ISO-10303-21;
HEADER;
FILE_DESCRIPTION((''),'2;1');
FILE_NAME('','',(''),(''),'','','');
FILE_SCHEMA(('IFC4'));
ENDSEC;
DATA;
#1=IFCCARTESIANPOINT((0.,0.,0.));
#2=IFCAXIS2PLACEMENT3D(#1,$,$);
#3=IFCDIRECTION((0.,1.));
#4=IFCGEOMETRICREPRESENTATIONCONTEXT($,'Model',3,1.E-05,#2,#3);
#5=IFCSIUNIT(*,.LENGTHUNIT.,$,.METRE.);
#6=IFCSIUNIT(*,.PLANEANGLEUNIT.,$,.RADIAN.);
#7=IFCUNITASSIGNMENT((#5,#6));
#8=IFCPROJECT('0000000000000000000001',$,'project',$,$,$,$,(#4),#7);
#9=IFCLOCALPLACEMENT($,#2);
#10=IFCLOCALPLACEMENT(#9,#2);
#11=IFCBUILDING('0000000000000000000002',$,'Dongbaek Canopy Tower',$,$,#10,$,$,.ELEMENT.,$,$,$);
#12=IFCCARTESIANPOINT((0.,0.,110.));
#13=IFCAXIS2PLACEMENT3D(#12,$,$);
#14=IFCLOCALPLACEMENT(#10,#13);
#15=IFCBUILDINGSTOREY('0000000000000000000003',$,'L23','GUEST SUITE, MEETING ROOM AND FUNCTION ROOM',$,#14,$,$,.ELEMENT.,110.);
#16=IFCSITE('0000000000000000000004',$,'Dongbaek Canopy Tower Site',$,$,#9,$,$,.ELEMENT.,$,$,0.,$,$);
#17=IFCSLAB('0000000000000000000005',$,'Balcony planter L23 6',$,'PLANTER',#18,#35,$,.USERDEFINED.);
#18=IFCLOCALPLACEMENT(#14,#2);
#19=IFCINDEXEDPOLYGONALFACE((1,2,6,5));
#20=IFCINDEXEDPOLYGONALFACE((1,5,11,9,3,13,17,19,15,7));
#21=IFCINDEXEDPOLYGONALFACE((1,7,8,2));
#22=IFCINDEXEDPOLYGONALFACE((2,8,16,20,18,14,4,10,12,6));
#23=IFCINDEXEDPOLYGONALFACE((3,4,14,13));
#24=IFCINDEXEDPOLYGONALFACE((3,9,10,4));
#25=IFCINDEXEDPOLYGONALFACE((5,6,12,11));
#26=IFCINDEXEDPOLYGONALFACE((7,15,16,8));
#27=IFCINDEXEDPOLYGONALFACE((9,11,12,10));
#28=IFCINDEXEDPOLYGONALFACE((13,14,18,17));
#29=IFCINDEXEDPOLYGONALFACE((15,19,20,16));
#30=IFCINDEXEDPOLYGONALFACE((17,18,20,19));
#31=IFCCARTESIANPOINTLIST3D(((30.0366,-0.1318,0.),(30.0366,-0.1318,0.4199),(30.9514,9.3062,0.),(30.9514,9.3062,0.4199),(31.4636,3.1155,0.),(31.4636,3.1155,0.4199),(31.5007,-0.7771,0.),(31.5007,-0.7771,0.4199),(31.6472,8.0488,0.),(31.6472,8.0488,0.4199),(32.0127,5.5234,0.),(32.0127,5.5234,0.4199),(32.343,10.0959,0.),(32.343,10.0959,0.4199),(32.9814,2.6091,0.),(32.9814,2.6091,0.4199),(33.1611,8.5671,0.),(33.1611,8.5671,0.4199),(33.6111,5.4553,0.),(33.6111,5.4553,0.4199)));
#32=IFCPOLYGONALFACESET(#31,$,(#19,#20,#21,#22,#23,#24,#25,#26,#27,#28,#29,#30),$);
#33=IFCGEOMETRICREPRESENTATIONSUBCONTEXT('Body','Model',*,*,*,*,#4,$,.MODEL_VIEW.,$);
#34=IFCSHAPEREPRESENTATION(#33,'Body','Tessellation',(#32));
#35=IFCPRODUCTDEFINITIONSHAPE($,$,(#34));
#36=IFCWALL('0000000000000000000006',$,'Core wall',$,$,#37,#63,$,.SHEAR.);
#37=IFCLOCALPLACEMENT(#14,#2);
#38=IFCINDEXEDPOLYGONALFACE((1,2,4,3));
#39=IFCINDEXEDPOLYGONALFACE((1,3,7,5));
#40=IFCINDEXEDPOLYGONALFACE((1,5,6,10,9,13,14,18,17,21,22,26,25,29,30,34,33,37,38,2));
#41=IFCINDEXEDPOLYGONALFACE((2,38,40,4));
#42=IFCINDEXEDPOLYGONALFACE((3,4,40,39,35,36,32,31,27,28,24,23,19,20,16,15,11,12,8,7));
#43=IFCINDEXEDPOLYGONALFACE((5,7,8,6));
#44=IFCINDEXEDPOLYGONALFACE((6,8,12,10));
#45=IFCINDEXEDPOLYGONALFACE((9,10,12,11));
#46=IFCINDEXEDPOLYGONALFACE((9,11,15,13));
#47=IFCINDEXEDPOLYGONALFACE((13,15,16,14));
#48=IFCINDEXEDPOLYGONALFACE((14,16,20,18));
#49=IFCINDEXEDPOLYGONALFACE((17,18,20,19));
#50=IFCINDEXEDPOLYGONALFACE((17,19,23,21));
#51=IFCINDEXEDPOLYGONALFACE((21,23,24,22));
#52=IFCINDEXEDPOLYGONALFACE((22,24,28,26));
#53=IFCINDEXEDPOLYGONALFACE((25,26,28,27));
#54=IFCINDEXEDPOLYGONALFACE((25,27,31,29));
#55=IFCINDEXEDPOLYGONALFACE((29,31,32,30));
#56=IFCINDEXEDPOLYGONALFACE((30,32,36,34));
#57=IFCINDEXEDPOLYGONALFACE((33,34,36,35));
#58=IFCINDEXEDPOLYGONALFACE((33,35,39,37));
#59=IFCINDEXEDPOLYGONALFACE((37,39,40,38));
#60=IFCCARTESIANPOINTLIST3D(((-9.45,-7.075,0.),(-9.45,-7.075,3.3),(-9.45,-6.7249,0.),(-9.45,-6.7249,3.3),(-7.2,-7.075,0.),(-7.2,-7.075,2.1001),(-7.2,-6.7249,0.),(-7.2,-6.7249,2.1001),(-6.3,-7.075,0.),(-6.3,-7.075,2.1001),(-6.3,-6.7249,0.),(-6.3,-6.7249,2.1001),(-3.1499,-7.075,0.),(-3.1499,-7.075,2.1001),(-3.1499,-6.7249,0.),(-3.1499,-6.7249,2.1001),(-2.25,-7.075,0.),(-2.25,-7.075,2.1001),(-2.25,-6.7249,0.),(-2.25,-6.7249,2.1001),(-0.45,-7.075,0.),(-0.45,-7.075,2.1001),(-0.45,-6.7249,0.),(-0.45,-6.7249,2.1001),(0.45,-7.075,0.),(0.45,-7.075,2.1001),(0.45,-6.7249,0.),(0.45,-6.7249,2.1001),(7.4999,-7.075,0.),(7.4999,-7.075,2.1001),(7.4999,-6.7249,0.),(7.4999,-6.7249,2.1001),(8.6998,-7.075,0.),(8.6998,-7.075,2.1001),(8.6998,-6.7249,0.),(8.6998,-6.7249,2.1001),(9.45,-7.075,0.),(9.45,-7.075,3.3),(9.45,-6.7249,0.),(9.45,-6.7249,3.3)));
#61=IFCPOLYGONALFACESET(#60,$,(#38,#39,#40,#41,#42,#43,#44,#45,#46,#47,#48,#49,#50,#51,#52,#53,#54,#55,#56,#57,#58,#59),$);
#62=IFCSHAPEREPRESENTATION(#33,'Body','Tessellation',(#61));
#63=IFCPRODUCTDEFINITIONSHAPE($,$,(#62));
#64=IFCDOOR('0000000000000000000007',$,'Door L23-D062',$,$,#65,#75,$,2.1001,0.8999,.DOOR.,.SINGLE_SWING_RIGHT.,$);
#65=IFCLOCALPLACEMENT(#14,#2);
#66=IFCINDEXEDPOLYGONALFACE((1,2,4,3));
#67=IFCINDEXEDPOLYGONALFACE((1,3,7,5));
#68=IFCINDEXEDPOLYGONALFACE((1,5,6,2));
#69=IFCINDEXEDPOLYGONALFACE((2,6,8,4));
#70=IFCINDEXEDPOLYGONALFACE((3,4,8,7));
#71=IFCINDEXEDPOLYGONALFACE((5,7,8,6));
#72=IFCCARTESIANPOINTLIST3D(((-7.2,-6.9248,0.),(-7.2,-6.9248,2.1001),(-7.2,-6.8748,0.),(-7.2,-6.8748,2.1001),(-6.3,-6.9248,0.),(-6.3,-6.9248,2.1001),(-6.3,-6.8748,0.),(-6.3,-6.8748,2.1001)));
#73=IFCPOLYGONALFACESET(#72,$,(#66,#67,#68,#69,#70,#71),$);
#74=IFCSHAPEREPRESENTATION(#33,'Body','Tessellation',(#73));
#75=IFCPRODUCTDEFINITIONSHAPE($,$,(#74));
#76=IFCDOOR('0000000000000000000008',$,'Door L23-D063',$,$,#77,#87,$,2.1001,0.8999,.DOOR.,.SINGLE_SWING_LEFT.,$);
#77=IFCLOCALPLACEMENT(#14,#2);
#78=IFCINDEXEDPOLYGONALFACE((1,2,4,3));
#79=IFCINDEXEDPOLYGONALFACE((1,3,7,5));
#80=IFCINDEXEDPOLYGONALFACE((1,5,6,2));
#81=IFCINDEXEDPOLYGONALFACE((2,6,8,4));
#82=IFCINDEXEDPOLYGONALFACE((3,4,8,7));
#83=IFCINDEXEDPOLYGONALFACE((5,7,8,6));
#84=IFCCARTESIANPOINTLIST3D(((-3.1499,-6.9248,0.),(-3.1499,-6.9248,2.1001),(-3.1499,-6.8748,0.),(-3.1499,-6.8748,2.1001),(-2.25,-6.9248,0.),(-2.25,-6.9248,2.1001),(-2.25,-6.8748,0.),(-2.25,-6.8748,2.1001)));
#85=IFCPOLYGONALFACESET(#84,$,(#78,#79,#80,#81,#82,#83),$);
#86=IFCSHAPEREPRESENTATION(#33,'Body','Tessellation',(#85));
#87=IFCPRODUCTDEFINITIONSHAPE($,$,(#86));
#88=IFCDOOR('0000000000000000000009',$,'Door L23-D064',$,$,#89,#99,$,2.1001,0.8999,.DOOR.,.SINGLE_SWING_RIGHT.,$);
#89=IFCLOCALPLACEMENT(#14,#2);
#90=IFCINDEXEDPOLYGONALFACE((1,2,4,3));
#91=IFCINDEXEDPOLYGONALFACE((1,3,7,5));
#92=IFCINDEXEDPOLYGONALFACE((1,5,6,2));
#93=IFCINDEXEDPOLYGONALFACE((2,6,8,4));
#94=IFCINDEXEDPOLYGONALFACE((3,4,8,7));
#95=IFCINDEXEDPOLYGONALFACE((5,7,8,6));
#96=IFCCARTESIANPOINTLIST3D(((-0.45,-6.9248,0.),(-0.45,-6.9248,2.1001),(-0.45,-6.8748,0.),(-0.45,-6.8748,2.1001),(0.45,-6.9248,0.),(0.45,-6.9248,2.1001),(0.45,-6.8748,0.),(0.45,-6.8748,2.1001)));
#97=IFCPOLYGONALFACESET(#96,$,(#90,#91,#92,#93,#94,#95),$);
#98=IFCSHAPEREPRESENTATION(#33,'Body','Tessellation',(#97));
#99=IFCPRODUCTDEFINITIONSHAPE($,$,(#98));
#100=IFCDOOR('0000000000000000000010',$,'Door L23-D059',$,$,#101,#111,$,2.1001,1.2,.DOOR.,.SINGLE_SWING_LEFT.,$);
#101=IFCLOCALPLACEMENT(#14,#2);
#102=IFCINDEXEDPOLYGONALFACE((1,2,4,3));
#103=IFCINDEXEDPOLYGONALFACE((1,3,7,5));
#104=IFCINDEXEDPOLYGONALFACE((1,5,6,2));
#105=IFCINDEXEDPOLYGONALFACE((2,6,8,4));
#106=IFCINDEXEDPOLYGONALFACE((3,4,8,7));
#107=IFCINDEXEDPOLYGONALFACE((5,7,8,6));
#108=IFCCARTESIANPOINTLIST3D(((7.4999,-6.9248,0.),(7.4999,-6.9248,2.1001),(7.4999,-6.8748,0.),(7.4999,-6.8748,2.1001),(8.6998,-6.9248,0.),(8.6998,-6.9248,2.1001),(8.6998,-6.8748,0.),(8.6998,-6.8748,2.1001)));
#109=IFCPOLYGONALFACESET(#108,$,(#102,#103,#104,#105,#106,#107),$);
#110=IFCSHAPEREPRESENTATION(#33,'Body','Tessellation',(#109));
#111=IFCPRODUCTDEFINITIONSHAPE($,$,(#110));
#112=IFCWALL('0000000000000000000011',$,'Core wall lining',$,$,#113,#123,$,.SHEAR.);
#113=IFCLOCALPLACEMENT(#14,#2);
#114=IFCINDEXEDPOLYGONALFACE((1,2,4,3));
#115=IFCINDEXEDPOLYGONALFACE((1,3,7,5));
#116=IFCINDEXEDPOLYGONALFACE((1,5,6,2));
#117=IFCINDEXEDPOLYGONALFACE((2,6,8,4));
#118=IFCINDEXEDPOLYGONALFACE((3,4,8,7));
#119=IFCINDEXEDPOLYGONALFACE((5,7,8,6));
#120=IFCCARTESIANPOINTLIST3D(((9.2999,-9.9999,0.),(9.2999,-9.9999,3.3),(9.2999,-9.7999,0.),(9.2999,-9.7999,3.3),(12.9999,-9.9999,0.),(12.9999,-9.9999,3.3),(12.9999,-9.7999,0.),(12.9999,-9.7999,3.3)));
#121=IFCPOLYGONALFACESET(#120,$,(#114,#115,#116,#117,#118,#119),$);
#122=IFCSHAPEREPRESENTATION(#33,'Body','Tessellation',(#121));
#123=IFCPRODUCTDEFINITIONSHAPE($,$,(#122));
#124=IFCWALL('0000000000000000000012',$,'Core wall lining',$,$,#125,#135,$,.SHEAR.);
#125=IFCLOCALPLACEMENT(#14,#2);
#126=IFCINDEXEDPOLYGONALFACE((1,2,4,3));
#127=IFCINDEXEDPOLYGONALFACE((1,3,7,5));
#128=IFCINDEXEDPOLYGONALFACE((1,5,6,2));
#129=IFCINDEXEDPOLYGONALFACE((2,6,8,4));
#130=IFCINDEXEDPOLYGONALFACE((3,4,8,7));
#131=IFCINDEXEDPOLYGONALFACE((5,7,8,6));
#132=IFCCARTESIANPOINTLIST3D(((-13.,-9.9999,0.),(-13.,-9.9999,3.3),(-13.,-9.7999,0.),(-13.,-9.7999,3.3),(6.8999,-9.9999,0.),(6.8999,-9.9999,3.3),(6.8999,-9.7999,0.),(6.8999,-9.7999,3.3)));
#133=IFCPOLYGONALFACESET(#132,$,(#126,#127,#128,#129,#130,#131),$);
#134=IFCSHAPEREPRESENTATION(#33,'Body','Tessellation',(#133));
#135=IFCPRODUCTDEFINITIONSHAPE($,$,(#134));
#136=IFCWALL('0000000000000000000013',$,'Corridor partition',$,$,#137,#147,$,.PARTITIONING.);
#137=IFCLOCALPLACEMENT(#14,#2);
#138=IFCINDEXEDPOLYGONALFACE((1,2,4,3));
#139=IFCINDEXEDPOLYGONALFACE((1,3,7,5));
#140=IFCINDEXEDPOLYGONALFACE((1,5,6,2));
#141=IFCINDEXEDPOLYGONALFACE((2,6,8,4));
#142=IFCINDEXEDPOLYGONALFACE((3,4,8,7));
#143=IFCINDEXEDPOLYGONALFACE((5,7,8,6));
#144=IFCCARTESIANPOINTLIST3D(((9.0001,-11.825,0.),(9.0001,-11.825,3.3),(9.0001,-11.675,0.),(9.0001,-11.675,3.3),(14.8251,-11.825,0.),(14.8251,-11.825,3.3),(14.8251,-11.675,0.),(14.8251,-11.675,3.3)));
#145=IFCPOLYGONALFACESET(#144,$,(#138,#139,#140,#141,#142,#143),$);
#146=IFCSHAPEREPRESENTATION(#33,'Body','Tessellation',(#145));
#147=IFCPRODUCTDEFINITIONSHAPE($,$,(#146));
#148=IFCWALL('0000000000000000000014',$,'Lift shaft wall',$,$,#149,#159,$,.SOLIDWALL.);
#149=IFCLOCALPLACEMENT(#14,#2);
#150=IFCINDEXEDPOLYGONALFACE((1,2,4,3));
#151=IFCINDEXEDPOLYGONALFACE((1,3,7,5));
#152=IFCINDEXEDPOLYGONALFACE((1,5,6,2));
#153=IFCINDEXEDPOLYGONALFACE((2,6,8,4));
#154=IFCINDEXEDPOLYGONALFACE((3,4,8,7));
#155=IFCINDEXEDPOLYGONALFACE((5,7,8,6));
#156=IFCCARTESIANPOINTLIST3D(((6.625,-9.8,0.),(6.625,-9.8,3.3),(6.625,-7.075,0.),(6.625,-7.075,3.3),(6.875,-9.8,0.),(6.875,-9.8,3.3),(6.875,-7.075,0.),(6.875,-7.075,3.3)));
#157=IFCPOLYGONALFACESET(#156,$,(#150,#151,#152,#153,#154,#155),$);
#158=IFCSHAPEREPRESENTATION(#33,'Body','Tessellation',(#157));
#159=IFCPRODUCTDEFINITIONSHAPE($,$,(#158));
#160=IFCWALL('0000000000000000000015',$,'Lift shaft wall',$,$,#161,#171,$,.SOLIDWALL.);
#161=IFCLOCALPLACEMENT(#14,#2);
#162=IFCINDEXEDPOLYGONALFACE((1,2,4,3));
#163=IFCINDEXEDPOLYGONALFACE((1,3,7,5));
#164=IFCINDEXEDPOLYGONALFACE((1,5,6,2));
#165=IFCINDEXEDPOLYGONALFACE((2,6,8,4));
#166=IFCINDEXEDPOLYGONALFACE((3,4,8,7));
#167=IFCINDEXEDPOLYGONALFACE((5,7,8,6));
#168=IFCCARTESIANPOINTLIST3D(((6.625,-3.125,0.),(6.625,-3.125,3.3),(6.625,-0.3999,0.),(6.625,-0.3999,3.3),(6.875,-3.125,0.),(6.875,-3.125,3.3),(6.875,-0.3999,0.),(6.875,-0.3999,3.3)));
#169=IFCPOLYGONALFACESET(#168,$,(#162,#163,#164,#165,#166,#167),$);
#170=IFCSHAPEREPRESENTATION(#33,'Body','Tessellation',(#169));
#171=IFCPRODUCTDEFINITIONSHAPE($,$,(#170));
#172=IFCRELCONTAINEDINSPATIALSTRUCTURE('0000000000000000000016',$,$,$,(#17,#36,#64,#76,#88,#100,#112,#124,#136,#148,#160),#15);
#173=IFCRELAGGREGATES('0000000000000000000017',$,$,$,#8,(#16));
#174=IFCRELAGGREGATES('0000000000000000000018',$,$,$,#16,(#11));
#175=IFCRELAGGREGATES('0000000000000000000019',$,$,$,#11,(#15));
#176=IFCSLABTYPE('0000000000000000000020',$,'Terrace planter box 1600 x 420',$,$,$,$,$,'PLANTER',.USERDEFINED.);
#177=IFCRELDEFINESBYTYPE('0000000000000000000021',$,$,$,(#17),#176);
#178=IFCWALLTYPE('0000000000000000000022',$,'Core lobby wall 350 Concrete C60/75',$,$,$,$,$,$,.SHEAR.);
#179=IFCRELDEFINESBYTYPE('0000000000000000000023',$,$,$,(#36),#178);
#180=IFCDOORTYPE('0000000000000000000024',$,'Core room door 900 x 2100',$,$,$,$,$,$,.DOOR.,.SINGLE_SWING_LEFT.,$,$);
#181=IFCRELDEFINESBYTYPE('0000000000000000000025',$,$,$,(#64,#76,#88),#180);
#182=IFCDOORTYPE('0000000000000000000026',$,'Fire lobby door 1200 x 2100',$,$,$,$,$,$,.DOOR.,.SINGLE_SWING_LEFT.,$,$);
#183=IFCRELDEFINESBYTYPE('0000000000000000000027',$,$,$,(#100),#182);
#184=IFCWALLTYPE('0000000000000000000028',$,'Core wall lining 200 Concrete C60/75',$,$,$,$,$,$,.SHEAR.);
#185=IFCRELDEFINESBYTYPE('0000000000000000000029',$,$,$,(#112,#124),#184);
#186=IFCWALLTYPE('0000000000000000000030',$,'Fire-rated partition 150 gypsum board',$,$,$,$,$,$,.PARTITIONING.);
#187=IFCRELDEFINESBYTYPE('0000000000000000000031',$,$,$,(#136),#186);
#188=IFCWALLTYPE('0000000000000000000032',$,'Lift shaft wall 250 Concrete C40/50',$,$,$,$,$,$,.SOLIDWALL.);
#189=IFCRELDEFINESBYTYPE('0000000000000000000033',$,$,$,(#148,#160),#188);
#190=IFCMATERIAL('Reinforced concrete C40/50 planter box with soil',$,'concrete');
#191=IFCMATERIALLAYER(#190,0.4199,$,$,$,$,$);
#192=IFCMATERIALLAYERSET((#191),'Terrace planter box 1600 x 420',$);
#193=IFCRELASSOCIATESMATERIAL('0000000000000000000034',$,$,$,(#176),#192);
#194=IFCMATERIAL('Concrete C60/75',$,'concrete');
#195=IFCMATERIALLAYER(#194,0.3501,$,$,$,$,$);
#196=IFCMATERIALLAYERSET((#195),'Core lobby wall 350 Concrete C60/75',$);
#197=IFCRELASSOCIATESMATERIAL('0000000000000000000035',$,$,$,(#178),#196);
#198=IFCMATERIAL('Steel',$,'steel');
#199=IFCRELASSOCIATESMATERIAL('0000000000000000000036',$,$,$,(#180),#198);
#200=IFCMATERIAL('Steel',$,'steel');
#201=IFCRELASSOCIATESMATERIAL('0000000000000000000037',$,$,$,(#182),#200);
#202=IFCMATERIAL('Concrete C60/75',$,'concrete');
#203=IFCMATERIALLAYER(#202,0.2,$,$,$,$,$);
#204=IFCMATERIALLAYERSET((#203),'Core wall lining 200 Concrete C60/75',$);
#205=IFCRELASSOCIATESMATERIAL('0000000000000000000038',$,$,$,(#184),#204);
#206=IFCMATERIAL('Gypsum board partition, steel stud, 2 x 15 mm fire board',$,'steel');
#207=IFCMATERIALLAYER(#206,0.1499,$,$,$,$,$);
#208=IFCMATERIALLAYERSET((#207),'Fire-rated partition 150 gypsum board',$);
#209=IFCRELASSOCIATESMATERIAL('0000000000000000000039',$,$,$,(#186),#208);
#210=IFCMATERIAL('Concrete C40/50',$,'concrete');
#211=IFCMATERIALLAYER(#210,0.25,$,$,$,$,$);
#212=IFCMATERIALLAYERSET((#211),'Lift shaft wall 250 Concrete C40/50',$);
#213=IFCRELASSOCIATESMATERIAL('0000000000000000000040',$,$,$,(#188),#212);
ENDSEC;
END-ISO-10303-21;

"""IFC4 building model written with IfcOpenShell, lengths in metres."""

from ifc_helpers import new_model, si_unit, direction, frame, frame_2d, origin, place, context, subcontext, project, spatial, polyline, rectangle, outline, extrude, material, layer, layer_set, type_object, element, fill, save


model = new_model("IFC4")

# Units and contexts
model_context = context("Model", 3, precision=1e-05, world=origin(), true_north=direction((0.0, 1.0)))
body_context = subcontext(model_context, "Body", "Model", "MODEL_VIEW")
ifc_project = project(units=[si_unit("LENGTHUNIT", "METRE"), si_unit("PLANEANGLEUNIT", "RADIAN")], contexts=[model_context])

# Site, building, storey
site_placement = place(None, origin())
site = spatial("IfcSite", under=ifc_project, at=site_placement, Name="Dongbaek Canopy Tower Site", CompositionType="ELEMENT", RefElevation=0.0)
building_placement = place(site_placement, origin())
building = spatial("IfcBuilding", under=site, at=building_placement, Name="Dongbaek Canopy Tower", CompositionType="ELEMENT")
storey_placement = place(building_placement, frame((0.0, 0.0, 110.0)))
storey = spatial("IfcBuildingStorey", under=building, at=storey_placement, Name="L23", Description="GUEST SUITE, MEETING ROOM AND FUNCTION ROOM", CompositionType="ELEMENT", Elevation=110.0)

# Slab
ifc_material_1 = material(Name="Reinforced concrete C40/50 planter box with soil", Category="concrete")
ifc_layer_1 = layer(ifc_material_1, 0.4199)
ifc_layer_set_1 = layer_set([ifc_layer_1], Name="Terrace planter box 1600 x 420")
slab_type_1 = type_object("IfcSlabType", Name="Terrace planter box 1600 x 420", ElementType="PLANTER", PredefinedType="USERDEFINED", material=ifc_layer_set_1)
slab_1_placement = place(storey_placement, origin())
element("IfcSlab", 1, at=slab_1_placement, inside=storey, type_object=slab_type_1, Name="Balcony planter L23 6", ObjectType="PLANTER", PredefinedType="USERDEFINED", context=body_context, shape_type="SweptSolid", body=[
    extrude(outline(polyline([(30.0366, -0.1318), (31.4636, 3.1155), (32.0127, 5.5234), (31.6472, 8.0488), (30.9514, 9.3062), (32.343, 10.0959), (33.1611, 8.5671), (33.6111, 5.4553), (32.9814, 2.6091), (31.5007, -0.7771), (30.0366, -0.1318)])), origin(), (0.0, 0.0, 1.0), 0.4199),
])

# Wall, openings, doors
ifc_material_2 = material(Name="Concrete C60/75", Category="concrete")
ifc_layer_2 = layer(ifc_material_2, 0.3501)
ifc_layer_set_2 = layer_set([ifc_layer_2], Name="Core lobby wall 350 Concrete C60/75")
wall_type_1 = type_object("IfcWallType", Name="Core lobby wall 350 Concrete C60/75", PredefinedType="SHEAR", material=ifc_layer_set_2)
wall_1_placement = place(storey_placement, frame((9.45, -6.8999, 0.0), z_axis=(0.0, 0.0, 1.0), x_axis=(-1.0, 0.0, 0.0)))
wall_1 = element("IfcWall", 2, at=wall_1_placement, inside=storey, type_object=wall_type_1, Name="Core wall", PredefinedType="SHEAR", context=body_context, shape_type="SweptSolid", body=[
    extrude(rectangle(XDim=18.8999, YDim=0.3501, at=frame_2d((9.45, 0.0))), origin(), (0.0, 0.0, 1.0), 3.3),
])
opening_1_placement = place(wall_1_placement, frame((0.75, 0.0, 0.0)))
opening_1 = element("IfcOpeningElement", 3, at=opening_1_placement, cuts=wall_1, PredefinedType="OPENING", context=body_context, shape_type="SweptSolid", body=[
    extrude(rectangle(XDim=1.2, YDim=2.1001, at=frame_2d((0.6001, 1.05))), frame((0.0, 0.1851, 0.0), z_axis=(0.0, -1.0, 0.0), x_axis=(1.0, 0.0, 0.0)), (0.0, 0.0, 1.0), 0.3701),
])
opening_2_placement = place(wall_1_placement, frame((15.75, 0.0, 0.0)))
opening_2 = element("IfcOpeningElement", 4, at=opening_2_placement, cuts=wall_1, PredefinedType="OPENING", context=body_context, shape_type="SweptSolid", body=[
    extrude(rectangle(XDim=0.8999, YDim=2.1001, at=frame_2d((0.45, 1.05))), frame((0.0, 0.1851, 0.0), z_axis=(0.0, -1.0, 0.0), x_axis=(1.0, 0.0, 0.0)), (0.0, 0.0, 1.0), 0.3701),
])
opening_3_placement = place(wall_1_placement, frame((11.7, 0.0, 0.0)))
opening_3 = element("IfcOpeningElement", 5, at=opening_3_placement, cuts=wall_1, PredefinedType="OPENING", context=body_context, shape_type="SweptSolid", body=[
    extrude(rectangle(XDim=0.8999, YDim=2.1001, at=frame_2d((0.45, 1.05))), frame((0.0, 0.1851, 0.0), z_axis=(0.0, -1.0, 0.0), x_axis=(1.0, 0.0, 0.0)), (0.0, 0.0, 1.0), 0.3701),
])
opening_4_placement = place(wall_1_placement, frame((9.0, 0.0, 0.0)))
opening_4 = element("IfcOpeningElement", 6, at=opening_4_placement, cuts=wall_1, PredefinedType="OPENING", context=body_context, shape_type="SweptSolid", body=[
    extrude(rectangle(XDim=0.8999, YDim=2.1001, at=frame_2d((0.45, 1.05))), frame((0.0, 0.1851, 0.0), z_axis=(0.0, -1.0, 0.0), x_axis=(1.0, 0.0, 0.0)), (0.0, 0.0, 1.0), 0.3701),
])
ifc_material_3 = material(Name="Steel", Category="steel")
door_type_1 = type_object("IfcDoorType", Name="Core room door 900 x 2100", OperationType="SINGLE_SWING_LEFT", PredefinedType="DOOR", material=ifc_material_3)
door_1_placement = place(opening_2_placement, origin())
door_1 = element("IfcDoor", 7, at=door_1_placement, inside=storey, type_object=door_type_1, Name="Door L23-D062", OperationType="SINGLE_SWING_RIGHT", OverallHeight=2.1001, OverallWidth=0.8999, PredefinedType="DOOR", context=body_context, shape_type="SweptSolid", body=[
    extrude(rectangle(XDim=0.8999, YDim=2.1001, at=frame_2d((0.45, 1.05))), frame((0.0, 0.0249, 0.0), z_axis=(0.0, -1.0, 0.0), x_axis=(1.0, 0.0, 0.0)), (0.0, 0.0, 1.0), 0.05),
])
fill(opening_2, door_1)
door_2_placement = place(opening_3_placement, origin())
door_2 = element("IfcDoor", 8, at=door_2_placement, inside=storey, type_object=door_type_1, Name="Door L23-D063", OperationType="SINGLE_SWING_LEFT", OverallHeight=2.1001, OverallWidth=0.8999, PredefinedType="DOOR", context=body_context, shape_type="SweptSolid", body=[
    extrude(rectangle(XDim=0.8999, YDim=2.1001, at=frame_2d((0.45, 1.05))), frame((0.0, 0.0249, 0.0), z_axis=(0.0, -1.0, 0.0), x_axis=(1.0, 0.0, 0.0)), (0.0, 0.0, 1.0), 0.05),
])
fill(opening_3, door_2)
door_3_placement = place(opening_4_placement, origin())
door_3 = element("IfcDoor", 9, at=door_3_placement, inside=storey, type_object=door_type_1, Name="Door L23-D064", OperationType="SINGLE_SWING_RIGHT", OverallHeight=2.1001, OverallWidth=0.8999, PredefinedType="DOOR", context=body_context, shape_type="SweptSolid", body=[
    extrude(rectangle(XDim=0.8999, YDim=2.1001, at=frame_2d((0.45, 1.05))), frame((0.0, 0.0249, 0.0), z_axis=(0.0, -1.0, 0.0), x_axis=(1.0, 0.0, 0.0)), (0.0, 0.0, 1.0), 0.05),
])
fill(opening_4, door_3)
ifc_material_4 = material(Name="Steel", Category="steel")
door_type_2 = type_object("IfcDoorType", Name="Fire lobby door 1200 x 2100", OperationType="SINGLE_SWING_LEFT", PredefinedType="DOOR", material=ifc_material_4)
door_4_placement = place(opening_1_placement, origin())
door_4 = element("IfcDoor", 10, at=door_4_placement, inside=storey, type_object=door_type_2, Name="Door L23-D059", OperationType="SINGLE_SWING_LEFT", OverallHeight=2.1001, OverallWidth=1.2, PredefinedType="DOOR", context=body_context, shape_type="SweptSolid", body=[
    extrude(rectangle(XDim=1.2, YDim=2.1001, at=frame_2d((0.6001, 1.05))), frame((0.0, 0.0249, 0.0), z_axis=(0.0, -1.0, 0.0), x_axis=(1.0, 0.0, 0.0)), (0.0, 0.0, 1.0), 0.05),
])
fill(opening_1, door_4)

# Walls
ifc_material_5 = material(Name="Concrete C60/75", Category="concrete")
ifc_layer_3 = layer(ifc_material_5, 0.2)
ifc_layer_set_3 = layer_set([ifc_layer_3], Name="Core wall lining 200 Concrete C60/75")
wall_type_2 = type_object("IfcWallType", Name="Core wall lining 200 Concrete C60/75", PredefinedType="SHEAR", material=ifc_layer_set_3)
wall_2_placement = place(storey_placement, frame((13.0, -9.8999, 0.0), z_axis=(0.0, 0.0, 1.0), x_axis=(-1.0, 0.0, 0.0)))
element("IfcWall", 11, at=wall_2_placement, inside=storey, type_object=wall_type_2, Name="Core wall lining", PredefinedType="SHEAR", context=body_context, shape_type="SweptSolid", body=[
    extrude(rectangle(XDim=3.7, YDim=0.2, at=frame_2d((1.8501, 0.0))), origin(), (0.0, 0.0, 1.0), 3.3),
])
wall_3_placement = place(storey_placement, frame((6.8999, -9.8999, 0.0), z_axis=(0.0, 0.0, 1.0), x_axis=(-1.0, 0.0, 0.0)))
element("IfcWall", 12, at=wall_3_placement, inside=storey, type_object=wall_type_2, Name="Core wall lining", PredefinedType="SHEAR", context=body_context, shape_type="SweptSolid", body=[
    extrude(rectangle(XDim=19.8999, YDim=0.2, at=frame_2d((9.95, 0.0))), origin(), (0.0, 0.0, 1.0), 3.3),
])
ifc_material_6 = material(Name="Gypsum board partition, steel stud, 2 x 15 mm fire board", Category="steel")
ifc_layer_4 = layer(ifc_material_6, 0.1499)
ifc_layer_set_4 = layer_set([ifc_layer_4], Name="Fire-rated partition 150 gypsum board")
wall_type_3 = type_object("IfcWallType", Name="Fire-rated partition 150 gypsum board", PredefinedType="PARTITIONING", material=ifc_layer_set_4)
wall_4_placement = place(storey_placement, frame((9.0, -11.75, 0.0), z_axis=(0.0, 0.0, 1.0), x_axis=(1.0, 0.0, 0.0)))
element("IfcWall", 13, at=wall_4_placement, inside=storey, type_object=wall_type_3, Name="Corridor partition", PredefinedType="PARTITIONING", context=body_context, shape_type="SweptSolid", body=[
    extrude(rectangle(XDim=5.825, YDim=0.1499, at=frame_2d((2.9126, 0.0))), origin(), (0.0, 0.0, 1.0), 3.3),
])
ifc_material_7 = material(Name="Concrete C40/50", Category="concrete")
ifc_layer_5 = layer(ifc_material_7, 0.25)
ifc_layer_set_5 = layer_set([ifc_layer_5], Name="Lift shaft wall 250 Concrete C40/50")
wall_type_4 = type_object("IfcWallType", Name="Lift shaft wall 250 Concrete C40/50", PredefinedType="SOLIDWALL", material=ifc_layer_set_5)
for number, where, z_axis, x_axis, name in (
    (14, (6.75, -9.8, 0.0), (0.0, 0.0, 1.0), (0.0, 1.0, 0.0), "Lift shaft wall"),
    (15, (6.75, -3.125, 0.0), (0.0, 0.0, 1.0), (0.0, 1.0, 0.0), "Lift shaft wall"),
):
    element("IfcWall", number, at=place(storey_placement, frame(where, z_axis=z_axis, x_axis=x_axis)), inside=storey, type_object=wall_type_4, Name=name, PredefinedType="SOLIDWALL", context=body_context, shape_type="SweptSolid", body=[
        extrude(rectangle(XDim=2.7251, YDim=0.25, at=frame_2d((1.3625, 0.0))), origin(), (0.0, 0.0, 1.0), 3.3),
    ])

save(model, "model.ifc")
